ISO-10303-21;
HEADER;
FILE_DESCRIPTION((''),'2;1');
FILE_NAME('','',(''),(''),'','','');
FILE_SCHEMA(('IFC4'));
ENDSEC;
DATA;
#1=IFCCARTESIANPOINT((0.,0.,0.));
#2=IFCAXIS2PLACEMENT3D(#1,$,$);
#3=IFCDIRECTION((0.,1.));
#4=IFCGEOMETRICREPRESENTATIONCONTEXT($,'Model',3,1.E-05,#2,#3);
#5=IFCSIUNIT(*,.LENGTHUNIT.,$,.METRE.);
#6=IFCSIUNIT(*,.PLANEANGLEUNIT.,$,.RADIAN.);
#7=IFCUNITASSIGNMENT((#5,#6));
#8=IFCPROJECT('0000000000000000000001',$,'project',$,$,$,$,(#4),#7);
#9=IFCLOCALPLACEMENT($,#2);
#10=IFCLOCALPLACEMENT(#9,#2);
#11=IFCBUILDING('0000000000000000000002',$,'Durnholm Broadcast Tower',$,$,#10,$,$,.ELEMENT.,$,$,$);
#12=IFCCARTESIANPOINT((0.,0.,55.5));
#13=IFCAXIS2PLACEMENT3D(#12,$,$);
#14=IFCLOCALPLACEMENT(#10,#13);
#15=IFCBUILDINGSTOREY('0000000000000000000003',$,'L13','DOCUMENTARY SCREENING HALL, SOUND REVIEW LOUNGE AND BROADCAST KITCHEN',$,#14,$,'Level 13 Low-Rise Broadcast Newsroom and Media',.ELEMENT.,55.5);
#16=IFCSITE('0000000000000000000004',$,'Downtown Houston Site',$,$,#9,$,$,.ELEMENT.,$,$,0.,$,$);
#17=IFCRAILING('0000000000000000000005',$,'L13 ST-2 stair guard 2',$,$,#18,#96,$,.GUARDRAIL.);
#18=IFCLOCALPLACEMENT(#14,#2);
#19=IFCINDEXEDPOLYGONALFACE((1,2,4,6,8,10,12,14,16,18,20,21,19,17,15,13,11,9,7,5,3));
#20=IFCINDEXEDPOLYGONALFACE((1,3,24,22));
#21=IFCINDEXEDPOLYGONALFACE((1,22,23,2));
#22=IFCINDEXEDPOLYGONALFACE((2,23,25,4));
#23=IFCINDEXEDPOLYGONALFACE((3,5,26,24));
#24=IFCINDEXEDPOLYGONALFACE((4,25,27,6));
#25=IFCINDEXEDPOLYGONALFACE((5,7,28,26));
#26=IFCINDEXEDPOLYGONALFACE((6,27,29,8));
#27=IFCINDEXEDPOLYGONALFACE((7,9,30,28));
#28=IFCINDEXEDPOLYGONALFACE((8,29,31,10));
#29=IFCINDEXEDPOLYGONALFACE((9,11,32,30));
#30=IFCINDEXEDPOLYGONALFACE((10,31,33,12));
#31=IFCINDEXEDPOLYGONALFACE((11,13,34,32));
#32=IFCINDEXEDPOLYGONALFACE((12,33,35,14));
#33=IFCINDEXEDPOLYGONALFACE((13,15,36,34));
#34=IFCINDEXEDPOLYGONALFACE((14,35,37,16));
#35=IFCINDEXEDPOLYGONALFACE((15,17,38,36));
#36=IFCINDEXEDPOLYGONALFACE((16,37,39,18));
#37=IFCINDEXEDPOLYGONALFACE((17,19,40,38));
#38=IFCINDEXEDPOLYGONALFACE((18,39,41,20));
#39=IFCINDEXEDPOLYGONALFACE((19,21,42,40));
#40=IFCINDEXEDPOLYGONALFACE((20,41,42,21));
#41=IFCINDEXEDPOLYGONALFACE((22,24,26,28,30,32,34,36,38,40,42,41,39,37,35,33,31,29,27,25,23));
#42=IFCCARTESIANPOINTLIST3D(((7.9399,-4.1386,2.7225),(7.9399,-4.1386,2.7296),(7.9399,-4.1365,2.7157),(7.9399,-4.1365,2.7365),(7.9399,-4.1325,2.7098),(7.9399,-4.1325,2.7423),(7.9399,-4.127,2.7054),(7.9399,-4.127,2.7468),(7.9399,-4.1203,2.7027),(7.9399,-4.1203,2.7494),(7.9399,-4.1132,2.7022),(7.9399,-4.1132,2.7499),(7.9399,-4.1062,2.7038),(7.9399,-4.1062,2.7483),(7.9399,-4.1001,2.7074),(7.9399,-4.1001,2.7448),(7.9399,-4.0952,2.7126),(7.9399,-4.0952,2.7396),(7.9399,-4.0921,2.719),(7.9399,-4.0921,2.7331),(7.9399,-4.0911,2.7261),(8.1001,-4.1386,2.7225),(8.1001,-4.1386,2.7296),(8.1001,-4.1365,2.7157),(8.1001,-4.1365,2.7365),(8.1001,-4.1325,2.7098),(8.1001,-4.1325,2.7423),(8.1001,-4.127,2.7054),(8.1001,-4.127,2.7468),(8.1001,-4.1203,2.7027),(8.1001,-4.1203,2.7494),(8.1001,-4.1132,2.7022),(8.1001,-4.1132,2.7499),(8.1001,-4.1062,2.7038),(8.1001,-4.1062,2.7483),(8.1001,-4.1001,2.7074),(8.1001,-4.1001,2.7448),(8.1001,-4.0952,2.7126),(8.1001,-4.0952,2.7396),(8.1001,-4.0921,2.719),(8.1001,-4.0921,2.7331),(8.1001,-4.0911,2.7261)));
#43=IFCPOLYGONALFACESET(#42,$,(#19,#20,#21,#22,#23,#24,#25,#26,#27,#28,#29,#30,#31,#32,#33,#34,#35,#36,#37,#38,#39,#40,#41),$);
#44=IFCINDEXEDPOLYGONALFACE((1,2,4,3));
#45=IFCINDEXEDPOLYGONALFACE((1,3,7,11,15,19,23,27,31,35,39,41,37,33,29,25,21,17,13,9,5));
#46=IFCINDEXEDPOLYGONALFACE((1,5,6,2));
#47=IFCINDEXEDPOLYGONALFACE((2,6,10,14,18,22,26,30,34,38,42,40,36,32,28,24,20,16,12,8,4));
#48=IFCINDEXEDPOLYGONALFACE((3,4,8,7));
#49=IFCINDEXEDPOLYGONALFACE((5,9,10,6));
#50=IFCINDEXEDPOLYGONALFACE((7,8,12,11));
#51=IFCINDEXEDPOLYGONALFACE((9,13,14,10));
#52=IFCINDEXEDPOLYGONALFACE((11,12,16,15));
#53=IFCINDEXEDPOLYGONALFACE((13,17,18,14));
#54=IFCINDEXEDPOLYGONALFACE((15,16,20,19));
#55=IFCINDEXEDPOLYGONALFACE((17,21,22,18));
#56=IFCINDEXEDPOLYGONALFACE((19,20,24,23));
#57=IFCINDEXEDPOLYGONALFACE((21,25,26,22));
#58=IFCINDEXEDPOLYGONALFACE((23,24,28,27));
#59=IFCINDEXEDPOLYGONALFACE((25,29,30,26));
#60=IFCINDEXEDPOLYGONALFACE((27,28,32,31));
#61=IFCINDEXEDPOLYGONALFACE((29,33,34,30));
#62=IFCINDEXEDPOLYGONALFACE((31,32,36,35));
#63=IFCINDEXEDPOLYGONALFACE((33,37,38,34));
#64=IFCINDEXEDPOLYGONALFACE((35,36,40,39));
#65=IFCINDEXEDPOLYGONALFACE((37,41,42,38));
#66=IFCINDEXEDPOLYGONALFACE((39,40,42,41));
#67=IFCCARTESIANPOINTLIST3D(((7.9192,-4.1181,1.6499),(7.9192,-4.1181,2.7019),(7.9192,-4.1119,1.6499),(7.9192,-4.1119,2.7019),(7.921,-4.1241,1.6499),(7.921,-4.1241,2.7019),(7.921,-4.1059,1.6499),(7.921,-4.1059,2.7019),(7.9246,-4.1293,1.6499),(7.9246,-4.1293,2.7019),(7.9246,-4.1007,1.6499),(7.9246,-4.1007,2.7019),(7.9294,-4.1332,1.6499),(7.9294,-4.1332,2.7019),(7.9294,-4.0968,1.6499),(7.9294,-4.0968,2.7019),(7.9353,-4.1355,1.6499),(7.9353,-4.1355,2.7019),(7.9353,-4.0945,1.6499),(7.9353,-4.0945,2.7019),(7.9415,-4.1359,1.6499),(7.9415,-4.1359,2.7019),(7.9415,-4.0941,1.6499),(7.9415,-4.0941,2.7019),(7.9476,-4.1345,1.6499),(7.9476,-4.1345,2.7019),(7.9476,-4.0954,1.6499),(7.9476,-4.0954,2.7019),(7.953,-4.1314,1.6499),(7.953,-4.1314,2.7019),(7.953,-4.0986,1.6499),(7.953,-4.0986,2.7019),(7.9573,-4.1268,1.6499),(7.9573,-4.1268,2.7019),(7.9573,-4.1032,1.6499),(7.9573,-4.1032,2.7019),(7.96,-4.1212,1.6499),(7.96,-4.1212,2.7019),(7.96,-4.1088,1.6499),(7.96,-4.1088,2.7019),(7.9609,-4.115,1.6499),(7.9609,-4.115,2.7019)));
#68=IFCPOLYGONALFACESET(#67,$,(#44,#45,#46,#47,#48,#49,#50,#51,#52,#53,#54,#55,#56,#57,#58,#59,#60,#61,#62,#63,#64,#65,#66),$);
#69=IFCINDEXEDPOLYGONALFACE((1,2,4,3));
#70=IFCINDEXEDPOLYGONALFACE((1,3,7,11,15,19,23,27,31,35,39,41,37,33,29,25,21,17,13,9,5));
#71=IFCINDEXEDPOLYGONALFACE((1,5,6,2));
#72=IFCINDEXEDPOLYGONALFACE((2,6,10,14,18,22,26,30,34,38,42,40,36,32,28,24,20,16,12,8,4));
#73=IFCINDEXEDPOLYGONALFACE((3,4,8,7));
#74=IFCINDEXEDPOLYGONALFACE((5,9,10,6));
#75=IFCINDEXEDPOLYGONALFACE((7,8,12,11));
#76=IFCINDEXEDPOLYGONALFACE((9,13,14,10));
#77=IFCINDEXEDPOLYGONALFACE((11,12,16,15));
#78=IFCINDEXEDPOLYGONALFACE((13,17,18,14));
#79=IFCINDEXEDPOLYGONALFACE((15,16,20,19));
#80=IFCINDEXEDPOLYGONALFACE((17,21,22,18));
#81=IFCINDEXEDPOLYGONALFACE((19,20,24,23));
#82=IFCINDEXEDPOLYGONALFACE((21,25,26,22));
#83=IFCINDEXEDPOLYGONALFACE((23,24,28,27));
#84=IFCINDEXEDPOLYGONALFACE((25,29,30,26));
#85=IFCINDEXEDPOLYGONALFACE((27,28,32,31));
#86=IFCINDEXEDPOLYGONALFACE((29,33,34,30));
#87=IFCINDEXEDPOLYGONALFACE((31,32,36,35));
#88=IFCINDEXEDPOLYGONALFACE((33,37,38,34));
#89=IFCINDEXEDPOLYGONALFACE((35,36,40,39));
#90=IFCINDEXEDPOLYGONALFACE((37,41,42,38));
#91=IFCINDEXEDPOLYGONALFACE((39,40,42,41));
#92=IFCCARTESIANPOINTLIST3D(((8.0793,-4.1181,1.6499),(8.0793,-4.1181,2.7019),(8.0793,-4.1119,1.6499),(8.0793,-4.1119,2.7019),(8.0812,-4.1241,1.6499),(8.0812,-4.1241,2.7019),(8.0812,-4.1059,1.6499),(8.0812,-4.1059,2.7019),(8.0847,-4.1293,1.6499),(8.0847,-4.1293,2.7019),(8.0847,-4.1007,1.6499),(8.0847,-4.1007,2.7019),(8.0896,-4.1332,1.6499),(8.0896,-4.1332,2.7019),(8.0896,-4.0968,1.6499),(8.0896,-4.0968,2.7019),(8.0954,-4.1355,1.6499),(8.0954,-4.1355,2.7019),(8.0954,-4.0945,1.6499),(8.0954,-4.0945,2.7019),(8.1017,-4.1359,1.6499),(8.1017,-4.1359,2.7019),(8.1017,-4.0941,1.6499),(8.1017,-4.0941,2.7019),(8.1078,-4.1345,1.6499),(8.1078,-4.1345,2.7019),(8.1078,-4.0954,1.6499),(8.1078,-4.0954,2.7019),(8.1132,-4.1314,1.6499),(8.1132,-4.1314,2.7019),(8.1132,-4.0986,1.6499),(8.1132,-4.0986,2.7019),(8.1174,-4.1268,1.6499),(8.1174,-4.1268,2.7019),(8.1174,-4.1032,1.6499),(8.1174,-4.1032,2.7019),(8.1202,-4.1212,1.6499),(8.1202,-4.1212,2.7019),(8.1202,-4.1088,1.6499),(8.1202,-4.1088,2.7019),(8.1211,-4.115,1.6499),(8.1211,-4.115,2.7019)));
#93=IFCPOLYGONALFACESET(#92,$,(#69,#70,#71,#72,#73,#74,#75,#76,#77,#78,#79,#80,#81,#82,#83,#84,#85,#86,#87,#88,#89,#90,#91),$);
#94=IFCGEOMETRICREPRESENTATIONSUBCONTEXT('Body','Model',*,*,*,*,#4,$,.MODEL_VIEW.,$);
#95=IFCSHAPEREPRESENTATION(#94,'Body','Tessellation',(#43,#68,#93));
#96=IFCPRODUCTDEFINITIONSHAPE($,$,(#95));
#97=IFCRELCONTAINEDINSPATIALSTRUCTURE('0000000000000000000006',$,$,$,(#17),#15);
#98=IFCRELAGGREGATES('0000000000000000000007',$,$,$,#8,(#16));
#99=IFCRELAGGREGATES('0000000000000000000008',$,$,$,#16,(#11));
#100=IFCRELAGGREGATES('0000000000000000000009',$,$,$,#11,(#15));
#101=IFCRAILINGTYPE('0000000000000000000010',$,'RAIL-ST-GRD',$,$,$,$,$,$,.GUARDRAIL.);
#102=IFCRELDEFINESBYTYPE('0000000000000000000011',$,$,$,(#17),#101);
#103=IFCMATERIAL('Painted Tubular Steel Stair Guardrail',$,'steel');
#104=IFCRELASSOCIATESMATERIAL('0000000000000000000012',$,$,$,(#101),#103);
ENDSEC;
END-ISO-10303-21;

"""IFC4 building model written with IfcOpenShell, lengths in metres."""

from ifc_helpers import new_model, si_unit, direction, frame, origin, origin_2d, place, context, subcontext, project, spatial, circle, extrude, material, type_object, element, save


model = new_model("IFC4")

# Units and contexts
model_context = context("Model", 3, precision=1e-05, world=origin(), true_north=direction((0.0, 1.0)))
body_context = subcontext(model_context, "Body", "Model", "MODEL_VIEW")
ifc_project = project(units=[si_unit("LENGTHUNIT", "METRE"), si_unit("PLANEANGLEUNIT", "RADIAN")], contexts=[model_context])

# Site, building, storey
site_placement = place(None, origin())
site = spatial("IfcSite", under=ifc_project, at=site_placement, Name="Downtown Houston Site", CompositionType="ELEMENT", RefElevation=0.0)
building_placement = place(site_placement, origin())
building = spatial("IfcBuilding", under=site, at=building_placement, Name="Durnholm Broadcast Tower", CompositionType="ELEMENT")
storey_placement = place(building_placement, frame((0.0, 0.0, 55.5)))
storey = spatial("IfcBuildingStorey", under=building, at=storey_placement, Name="L13", Description="DOCUMENTARY SCREENING HALL, SOUND REVIEW LOUNGE AND BROADCAST KITCHEN", LongName="Level 13 Low-Rise Broadcast Newsroom and Media", CompositionType="ELEMENT", Elevation=55.5)

# Railing
ifc_material_1 = material(Name="Painted Tubular Steel Stair Guardrail", Category="steel")
railing_type_1 = type_object("IfcRailingType", Name="RAIL-ST-GRD", PredefinedType="GUARDRAIL", material=ifc_material_1)
railing_1_placement = place(storey_placement, frame((7.9399, -4.115, 1.6499)))
element("IfcRailing", 1, at=railing_1_placement, inside=storey, type_object=railing_type_1, Name="L13 ST-2 stair guard 2", PredefinedType="GUARDRAIL", context=body_context, shape_type="SweptSolid", body=[
    extrude(circle(Radius=0.0239, at=origin_2d()), frame((0.0, 0.0, 1.0762), z_axis=(1.0, 0.0, 0.0), x_axis=(0.0, 1.0, 0.0)), (0.0, 0.0, 1.0), 0.1602),
    extrude(circle(Radius=0.021, at=origin_2d()), origin(), (0.0, 0.0, 1.0), 1.052),
    extrude(circle(Radius=0.021, at=origin_2d()), frame((0.1602, 0.0, 0.0)), (0.0, 0.0, 1.0), 1.052),
])

save(model, "model.ifc")
